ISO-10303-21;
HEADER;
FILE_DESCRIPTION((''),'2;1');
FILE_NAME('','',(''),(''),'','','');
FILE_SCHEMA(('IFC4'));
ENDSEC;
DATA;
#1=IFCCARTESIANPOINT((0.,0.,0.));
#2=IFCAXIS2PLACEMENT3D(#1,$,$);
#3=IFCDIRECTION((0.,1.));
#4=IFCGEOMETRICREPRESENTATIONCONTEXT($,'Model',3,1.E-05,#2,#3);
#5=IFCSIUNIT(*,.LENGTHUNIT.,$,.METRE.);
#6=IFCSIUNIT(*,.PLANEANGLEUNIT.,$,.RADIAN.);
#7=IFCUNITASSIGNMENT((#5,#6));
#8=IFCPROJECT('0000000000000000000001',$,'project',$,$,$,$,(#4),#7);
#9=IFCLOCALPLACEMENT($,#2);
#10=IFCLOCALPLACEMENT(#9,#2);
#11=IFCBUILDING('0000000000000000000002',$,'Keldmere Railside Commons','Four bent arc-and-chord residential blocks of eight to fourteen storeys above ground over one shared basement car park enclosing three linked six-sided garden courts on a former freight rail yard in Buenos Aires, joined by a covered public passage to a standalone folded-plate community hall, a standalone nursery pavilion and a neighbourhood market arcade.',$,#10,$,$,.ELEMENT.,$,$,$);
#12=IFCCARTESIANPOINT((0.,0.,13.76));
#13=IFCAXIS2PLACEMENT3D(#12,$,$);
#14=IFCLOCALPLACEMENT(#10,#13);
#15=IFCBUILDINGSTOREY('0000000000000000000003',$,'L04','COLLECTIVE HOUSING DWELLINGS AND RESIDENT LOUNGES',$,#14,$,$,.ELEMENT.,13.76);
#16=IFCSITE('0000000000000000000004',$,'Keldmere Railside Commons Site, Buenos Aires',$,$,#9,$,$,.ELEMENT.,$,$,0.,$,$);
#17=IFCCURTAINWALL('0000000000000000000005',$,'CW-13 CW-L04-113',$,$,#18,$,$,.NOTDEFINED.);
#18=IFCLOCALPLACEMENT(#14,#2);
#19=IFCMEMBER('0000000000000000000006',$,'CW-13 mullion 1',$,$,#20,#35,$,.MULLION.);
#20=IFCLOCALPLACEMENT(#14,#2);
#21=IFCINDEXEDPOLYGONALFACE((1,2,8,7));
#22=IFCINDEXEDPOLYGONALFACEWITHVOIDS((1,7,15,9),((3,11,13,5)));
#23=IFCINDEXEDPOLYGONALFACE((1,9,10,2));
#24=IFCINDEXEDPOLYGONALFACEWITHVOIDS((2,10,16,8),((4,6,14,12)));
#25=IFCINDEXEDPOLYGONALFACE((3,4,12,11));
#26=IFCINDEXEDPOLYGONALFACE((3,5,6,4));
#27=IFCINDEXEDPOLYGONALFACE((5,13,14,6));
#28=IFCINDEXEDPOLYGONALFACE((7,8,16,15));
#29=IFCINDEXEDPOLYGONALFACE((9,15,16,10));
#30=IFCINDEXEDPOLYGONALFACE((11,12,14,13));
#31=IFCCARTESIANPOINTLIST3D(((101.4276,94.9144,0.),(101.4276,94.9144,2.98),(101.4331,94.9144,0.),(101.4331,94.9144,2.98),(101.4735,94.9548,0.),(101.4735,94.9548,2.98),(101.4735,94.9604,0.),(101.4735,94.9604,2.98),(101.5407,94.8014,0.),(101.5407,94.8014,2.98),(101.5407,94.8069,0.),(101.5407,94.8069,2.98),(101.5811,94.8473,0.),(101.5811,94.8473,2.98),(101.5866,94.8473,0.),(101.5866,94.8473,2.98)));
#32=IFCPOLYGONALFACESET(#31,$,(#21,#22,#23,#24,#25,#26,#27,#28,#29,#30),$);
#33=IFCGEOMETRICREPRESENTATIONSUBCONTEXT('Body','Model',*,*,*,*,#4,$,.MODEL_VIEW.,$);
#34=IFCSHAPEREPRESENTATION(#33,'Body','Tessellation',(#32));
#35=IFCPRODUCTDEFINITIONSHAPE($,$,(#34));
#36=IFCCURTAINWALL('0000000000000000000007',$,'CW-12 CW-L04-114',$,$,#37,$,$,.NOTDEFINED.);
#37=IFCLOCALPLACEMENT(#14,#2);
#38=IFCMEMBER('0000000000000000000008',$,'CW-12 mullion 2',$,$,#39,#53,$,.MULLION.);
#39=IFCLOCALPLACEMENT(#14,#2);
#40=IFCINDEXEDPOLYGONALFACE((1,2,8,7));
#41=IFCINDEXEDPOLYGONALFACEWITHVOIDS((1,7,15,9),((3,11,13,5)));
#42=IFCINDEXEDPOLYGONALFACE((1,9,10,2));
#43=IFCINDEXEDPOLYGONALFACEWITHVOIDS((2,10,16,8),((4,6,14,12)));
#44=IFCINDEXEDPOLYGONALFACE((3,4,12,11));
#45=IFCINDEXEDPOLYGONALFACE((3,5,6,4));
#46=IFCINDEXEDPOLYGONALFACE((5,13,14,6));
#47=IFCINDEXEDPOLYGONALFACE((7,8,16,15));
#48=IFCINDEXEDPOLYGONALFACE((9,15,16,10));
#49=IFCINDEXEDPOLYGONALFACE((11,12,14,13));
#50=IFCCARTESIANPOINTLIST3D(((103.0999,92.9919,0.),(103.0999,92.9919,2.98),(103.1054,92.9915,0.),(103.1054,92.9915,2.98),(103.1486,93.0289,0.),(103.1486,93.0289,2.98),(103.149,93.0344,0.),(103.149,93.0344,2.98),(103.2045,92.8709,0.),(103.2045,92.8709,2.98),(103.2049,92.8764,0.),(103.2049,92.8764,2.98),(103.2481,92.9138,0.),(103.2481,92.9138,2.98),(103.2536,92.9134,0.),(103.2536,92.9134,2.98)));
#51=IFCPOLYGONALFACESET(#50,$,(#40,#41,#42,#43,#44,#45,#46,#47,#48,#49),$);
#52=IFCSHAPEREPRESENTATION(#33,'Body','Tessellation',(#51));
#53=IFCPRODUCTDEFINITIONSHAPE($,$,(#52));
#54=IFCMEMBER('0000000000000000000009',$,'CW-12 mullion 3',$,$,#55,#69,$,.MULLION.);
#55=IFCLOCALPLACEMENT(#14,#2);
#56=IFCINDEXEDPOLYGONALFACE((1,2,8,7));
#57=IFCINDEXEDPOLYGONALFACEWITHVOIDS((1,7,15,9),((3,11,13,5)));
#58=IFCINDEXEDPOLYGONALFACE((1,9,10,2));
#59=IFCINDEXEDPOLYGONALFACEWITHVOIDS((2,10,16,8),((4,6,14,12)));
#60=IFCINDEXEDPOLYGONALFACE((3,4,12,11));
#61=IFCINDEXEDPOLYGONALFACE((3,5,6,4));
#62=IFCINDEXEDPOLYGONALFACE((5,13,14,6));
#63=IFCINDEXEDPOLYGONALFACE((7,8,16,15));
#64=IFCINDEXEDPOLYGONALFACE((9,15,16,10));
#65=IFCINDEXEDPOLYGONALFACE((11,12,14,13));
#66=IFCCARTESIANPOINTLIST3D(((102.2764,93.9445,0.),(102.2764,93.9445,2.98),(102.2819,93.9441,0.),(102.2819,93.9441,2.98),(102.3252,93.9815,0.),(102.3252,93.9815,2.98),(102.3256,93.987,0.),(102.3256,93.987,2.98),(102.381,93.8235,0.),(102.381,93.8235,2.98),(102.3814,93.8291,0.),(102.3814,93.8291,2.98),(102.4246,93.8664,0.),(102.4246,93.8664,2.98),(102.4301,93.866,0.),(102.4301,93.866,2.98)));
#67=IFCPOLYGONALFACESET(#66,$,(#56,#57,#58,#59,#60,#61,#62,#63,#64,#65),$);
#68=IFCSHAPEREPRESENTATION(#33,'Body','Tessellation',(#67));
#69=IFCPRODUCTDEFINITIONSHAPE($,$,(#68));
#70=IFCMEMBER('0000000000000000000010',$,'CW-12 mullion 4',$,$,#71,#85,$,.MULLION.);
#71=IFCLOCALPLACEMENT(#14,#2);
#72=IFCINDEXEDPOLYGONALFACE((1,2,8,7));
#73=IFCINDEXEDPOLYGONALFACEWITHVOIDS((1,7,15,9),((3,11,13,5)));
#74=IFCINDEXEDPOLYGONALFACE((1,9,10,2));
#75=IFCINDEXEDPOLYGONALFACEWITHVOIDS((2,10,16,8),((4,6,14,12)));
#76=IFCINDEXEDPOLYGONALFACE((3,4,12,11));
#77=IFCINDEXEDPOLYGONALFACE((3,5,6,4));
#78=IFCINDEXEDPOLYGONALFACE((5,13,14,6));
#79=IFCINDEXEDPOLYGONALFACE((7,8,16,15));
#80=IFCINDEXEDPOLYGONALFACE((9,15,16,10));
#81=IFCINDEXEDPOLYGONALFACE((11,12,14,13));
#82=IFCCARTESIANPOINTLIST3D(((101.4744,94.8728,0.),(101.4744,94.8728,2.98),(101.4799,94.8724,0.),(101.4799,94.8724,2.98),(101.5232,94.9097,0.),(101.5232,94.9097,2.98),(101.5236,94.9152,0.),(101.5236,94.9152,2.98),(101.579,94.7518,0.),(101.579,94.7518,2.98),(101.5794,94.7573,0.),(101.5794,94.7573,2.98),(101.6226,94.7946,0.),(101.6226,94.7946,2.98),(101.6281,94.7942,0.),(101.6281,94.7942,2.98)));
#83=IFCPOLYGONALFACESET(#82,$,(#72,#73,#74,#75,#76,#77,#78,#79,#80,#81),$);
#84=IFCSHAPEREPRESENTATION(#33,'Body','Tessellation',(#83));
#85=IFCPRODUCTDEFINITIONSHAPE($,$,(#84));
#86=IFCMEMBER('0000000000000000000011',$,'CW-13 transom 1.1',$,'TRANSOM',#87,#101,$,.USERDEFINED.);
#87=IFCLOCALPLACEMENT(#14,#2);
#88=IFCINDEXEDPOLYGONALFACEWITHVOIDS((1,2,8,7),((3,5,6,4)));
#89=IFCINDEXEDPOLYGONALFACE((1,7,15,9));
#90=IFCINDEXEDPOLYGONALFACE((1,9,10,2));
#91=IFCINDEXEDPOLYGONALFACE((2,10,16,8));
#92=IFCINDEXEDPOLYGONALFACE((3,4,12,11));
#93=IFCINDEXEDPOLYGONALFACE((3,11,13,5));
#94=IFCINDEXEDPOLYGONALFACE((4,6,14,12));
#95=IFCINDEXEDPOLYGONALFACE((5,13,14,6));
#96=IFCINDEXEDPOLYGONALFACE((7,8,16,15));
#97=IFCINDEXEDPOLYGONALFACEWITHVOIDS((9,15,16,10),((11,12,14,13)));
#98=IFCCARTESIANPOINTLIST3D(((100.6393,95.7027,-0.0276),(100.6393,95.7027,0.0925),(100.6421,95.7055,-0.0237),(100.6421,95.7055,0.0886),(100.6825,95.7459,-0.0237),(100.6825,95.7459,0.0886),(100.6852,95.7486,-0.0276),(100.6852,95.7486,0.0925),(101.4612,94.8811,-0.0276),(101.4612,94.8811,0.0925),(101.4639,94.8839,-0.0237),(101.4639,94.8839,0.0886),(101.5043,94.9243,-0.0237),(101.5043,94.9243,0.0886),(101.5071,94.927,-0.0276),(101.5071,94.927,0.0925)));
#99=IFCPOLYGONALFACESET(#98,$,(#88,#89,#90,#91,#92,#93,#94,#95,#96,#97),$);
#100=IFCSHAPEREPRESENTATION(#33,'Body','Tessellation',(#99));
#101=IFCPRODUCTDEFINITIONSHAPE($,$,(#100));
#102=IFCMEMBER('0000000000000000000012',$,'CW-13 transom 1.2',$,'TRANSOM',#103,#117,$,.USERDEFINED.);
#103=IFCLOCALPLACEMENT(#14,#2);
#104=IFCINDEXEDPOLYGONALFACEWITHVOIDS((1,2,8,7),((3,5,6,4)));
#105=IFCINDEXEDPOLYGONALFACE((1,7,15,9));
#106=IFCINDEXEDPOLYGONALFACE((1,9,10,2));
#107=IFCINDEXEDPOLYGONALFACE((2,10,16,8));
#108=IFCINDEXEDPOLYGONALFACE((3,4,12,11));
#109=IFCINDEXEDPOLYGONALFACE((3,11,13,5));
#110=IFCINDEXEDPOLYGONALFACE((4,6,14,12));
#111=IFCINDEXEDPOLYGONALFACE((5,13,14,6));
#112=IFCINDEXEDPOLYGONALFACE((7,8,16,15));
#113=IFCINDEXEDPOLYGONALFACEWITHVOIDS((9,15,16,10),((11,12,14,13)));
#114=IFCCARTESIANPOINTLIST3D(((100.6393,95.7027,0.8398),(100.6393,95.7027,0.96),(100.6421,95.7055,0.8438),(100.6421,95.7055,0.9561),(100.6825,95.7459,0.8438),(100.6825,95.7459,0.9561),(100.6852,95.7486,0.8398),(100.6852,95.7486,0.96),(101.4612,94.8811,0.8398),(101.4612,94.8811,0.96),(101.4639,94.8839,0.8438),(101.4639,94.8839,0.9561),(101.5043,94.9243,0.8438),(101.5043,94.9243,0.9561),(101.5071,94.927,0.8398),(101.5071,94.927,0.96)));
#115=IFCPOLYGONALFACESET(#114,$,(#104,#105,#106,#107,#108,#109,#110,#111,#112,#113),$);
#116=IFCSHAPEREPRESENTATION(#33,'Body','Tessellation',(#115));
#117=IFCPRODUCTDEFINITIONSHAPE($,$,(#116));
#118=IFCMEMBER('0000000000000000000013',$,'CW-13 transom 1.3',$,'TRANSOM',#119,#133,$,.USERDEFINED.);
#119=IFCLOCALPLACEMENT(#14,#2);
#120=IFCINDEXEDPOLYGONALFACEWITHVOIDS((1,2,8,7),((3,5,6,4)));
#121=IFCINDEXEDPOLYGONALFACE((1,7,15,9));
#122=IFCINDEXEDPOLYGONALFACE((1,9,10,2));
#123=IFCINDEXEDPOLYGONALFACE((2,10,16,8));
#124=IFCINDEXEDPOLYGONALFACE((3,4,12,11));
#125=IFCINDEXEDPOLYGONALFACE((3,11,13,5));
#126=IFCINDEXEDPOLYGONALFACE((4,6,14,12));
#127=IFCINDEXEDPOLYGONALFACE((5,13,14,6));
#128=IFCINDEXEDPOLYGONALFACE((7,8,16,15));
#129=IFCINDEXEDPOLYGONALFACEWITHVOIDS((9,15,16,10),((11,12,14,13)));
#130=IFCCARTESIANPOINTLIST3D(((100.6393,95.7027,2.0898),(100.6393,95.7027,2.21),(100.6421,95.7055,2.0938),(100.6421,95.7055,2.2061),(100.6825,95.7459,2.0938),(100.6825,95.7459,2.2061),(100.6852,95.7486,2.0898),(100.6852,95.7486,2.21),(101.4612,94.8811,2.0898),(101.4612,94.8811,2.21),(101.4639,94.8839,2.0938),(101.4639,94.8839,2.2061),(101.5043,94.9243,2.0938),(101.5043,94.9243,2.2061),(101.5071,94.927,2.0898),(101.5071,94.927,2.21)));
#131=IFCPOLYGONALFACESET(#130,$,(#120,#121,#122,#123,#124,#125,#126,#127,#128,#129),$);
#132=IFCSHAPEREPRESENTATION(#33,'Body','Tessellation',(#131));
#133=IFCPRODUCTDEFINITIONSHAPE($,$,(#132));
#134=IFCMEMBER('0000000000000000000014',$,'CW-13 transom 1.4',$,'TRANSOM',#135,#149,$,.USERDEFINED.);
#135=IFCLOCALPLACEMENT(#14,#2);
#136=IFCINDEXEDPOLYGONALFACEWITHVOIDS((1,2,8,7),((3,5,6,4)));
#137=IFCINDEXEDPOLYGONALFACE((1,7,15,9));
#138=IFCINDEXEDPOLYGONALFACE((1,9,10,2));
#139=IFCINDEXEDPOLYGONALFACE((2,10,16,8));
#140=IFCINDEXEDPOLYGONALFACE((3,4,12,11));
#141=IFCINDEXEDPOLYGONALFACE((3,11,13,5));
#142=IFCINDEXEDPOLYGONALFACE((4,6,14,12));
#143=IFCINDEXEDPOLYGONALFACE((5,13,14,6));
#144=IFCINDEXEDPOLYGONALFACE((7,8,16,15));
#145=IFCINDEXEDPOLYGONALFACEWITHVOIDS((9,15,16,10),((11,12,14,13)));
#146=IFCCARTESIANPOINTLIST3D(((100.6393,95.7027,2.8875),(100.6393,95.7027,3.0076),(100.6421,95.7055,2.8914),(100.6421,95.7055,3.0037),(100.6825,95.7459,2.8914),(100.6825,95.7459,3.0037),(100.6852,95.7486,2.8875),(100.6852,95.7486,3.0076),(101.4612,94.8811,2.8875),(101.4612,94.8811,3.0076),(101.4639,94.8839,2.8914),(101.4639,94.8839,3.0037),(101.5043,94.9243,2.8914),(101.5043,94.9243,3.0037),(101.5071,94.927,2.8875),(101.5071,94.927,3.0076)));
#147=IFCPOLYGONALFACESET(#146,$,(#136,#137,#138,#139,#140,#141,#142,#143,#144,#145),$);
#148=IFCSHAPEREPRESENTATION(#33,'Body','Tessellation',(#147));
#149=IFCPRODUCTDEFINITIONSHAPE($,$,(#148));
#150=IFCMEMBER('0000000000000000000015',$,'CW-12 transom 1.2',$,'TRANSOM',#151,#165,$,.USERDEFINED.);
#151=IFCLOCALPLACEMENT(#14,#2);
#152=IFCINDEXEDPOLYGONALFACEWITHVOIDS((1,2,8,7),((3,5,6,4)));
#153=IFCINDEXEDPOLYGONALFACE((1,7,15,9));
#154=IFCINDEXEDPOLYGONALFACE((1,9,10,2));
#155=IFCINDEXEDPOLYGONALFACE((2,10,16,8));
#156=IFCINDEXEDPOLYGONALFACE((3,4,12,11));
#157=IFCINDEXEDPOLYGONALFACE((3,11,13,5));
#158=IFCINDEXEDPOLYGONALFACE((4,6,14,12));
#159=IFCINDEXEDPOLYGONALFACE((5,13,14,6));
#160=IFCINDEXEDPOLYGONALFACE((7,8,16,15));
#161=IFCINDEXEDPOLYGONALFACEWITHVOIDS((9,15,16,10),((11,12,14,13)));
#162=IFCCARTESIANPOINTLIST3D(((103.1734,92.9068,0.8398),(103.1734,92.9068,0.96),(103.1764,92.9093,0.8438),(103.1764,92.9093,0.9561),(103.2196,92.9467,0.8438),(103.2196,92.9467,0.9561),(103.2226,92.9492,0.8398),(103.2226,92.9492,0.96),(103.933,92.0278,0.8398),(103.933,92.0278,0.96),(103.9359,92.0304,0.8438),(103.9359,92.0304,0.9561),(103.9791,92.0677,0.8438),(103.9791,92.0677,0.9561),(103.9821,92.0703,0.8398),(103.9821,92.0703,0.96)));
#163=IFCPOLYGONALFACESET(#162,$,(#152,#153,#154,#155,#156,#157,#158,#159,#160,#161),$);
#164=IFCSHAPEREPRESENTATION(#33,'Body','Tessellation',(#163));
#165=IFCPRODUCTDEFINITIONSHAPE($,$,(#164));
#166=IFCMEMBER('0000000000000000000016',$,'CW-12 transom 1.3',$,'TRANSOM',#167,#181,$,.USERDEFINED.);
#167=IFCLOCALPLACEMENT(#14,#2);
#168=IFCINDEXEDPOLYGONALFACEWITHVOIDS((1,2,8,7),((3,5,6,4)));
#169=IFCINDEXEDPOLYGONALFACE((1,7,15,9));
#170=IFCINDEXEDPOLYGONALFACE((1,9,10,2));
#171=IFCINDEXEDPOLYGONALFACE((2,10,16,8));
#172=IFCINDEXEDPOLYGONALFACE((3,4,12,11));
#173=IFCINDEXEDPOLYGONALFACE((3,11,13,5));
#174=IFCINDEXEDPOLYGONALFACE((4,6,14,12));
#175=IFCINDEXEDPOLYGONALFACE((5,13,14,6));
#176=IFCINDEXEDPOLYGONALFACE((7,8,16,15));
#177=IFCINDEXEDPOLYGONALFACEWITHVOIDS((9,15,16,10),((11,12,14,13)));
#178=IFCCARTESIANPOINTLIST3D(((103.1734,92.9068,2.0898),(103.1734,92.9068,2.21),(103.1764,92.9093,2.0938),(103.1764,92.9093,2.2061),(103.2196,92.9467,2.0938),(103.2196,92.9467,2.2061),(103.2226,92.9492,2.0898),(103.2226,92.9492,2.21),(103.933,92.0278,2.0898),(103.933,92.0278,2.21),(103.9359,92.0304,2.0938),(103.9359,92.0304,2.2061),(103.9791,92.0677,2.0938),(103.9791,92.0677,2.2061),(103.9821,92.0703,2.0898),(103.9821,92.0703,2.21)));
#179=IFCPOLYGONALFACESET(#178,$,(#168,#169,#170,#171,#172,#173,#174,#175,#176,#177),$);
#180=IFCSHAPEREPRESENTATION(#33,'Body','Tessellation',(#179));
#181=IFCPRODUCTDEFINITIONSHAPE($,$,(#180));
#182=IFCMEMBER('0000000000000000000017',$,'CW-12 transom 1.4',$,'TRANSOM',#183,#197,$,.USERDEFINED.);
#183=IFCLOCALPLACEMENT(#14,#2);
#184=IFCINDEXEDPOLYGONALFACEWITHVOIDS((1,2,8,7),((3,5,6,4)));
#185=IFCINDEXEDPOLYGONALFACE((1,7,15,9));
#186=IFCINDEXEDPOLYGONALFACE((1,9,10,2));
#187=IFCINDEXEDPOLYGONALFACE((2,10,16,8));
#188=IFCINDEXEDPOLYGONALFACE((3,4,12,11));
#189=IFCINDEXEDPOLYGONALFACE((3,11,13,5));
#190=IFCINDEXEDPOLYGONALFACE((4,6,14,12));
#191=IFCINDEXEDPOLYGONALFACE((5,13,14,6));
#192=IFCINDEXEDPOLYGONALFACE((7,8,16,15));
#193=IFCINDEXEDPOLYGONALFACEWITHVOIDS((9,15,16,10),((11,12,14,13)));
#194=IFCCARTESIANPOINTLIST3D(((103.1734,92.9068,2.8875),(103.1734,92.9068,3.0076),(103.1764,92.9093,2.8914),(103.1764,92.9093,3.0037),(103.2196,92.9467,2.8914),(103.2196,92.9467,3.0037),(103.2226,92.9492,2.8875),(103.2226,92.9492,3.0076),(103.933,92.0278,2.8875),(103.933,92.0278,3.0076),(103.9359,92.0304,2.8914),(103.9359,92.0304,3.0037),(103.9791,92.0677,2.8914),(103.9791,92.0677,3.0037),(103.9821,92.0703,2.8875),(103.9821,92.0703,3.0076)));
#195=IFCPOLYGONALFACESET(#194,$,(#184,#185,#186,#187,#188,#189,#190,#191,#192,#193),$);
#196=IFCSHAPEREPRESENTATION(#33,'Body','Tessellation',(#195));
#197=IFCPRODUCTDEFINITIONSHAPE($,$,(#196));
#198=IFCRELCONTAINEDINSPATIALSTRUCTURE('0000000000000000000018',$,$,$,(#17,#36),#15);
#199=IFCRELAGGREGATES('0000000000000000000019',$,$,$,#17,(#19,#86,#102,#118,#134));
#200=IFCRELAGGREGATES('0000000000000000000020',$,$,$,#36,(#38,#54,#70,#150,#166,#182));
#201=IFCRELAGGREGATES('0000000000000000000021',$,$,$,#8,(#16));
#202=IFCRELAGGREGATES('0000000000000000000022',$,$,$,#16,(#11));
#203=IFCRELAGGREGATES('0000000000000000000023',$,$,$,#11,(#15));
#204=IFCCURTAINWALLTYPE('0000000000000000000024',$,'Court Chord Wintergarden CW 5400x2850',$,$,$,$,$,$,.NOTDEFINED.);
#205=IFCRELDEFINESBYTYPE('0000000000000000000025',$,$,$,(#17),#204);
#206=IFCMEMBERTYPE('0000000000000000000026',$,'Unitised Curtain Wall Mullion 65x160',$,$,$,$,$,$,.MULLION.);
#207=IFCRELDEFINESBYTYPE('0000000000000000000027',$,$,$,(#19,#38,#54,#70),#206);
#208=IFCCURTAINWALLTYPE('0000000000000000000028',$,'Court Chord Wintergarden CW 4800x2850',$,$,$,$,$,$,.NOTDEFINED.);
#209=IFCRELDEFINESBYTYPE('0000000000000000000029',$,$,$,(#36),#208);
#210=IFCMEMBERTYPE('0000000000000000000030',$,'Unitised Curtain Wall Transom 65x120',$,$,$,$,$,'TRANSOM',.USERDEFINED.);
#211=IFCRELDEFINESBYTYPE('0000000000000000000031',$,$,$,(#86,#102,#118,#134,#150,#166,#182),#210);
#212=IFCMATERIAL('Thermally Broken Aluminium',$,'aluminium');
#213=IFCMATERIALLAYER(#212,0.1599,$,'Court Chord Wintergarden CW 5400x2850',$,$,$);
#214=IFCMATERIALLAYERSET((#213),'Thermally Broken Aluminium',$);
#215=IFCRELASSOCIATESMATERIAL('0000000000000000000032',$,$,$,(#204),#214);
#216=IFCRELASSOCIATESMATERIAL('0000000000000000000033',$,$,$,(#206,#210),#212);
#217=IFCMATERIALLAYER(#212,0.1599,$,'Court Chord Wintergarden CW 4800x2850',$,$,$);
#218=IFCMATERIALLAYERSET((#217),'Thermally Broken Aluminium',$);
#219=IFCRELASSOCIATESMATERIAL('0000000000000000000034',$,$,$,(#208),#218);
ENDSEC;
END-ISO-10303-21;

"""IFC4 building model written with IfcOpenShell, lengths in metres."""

from ifc_helpers import new_model, si_unit, direction, frame, origin, origin_2d, place, context, subcontext, project, spatial, hollow_rectangle, extrude, material, layer, layer_set, material_profile, profile_set, type_object, element, aggregate, save


model = new_model("IFC4")

# Units and contexts
model_context = context("Model", 3, precision=1e-05, world=origin(), true_north=direction((0.0, 1.0)))
body_context = subcontext(model_context, "Body", "Model", "MODEL_VIEW")
ifc_project = project(units=[si_unit("LENGTHUNIT", "METRE"), si_unit("PLANEANGLEUNIT", "RADIAN")], contexts=[model_context])

# Site, building, storey
site_placement = place(None, origin())
site = spatial("IfcSite", under=ifc_project, at=site_placement, Name="Keldmere Railside Commons Site, Buenos Aires", CompositionType="ELEMENT", RefElevation=0.0)
building_placement = place(site_placement, origin())
building = spatial("IfcBuilding", under=site, at=building_placement, Name="Keldmere Railside Commons", Description="Four bent arc-and-chord residential blocks of eight to fourteen storeys above ground over one shared basement car park enclosing three linked six-sided garden courts on a former freight rail yard in Buenos Aires, joined by a covered public passage to a standalone folded-plate community hall, a standalone nursery pavilion and a neighbourhood market arcade.", CompositionType="ELEMENT")
storey_placement = place(building_placement, frame((0.0, 0.0, 13.76)))
storey = spatial("IfcBuildingStorey", under=building, at=storey_placement, Name="L04", Description="COLLECTIVE HOUSING DWELLINGS AND RESIDENT LOUNGES", CompositionType="ELEMENT", Elevation=13.76)

# Curtain wall, member
ifc_material_1 = material(Name="Thermally Broken Aluminium", Category="aluminium")
ifc_layer_1 = layer(ifc_material_1, 0.1599, Name="Court Chord Wintergarden CW 5400x2850")
ifc_layer_set_1 = layer_set([ifc_layer_1], Name="Thermally Broken Aluminium")
curtain_wall_type_1 = type_object("IfcCurtainWallType", Name="Court Chord Wintergarden CW 5400x2850", PredefinedType="NOTDEFINED", material=ifc_layer_set_1)
curtain_wall_1_placement = place(storey_placement, origin())
curtain_wall_1 = element("IfcCurtainWall", 1, at=curtain_wall_1_placement, inside=storey, type_object=curtain_wall_type_1, Name="CW-13 CW-L04-113", PredefinedType="NOTDEFINED")
ifc_material_profile_1 = material_profile(ifc_material_1, hollow_rectangle(XDim=0.0649, YDim=0.1599, WallThickness=0.0039, at=origin_2d()), Name="ALU-MULL-65x160")
ifc_profile_set_1 = profile_set([ifc_material_profile_1], Name="Thermally Broken Aluminium")
member_type_1 = type_object("IfcMemberType", Name="Unitised Curtain Wall Mullion 65x160", PredefinedType="MULLION", material=ifc_profile_set_1)
member_1_placement = place(storey_placement, frame((101.5071, 94.8809, 0.0), z_axis=(0.0, 0.0, 1.0), x_axis=(-0.707107, -0.707107, 0.0)))
member_1 = element("IfcMember", 2, at=member_1_placement, type_object=member_type_1, Name="CW-13 mullion 1", PredefinedType="MULLION", context=body_context, shape_type="SweptSolid", body=[
    extrude(hollow_rectangle(XDim=0.0649, YDim=0.1599, WallThickness=0.0039, at=origin_2d()), origin(), (0.0, 0.0, 1.0), 2.98),
])

# Curtain wall, members
ifc_layer_2 = layer(ifc_material_1, 0.1599, Name="Court Chord Wintergarden CW 4800x2850")
ifc_layer_set_2 = layer_set([ifc_layer_2], Name="Thermally Broken Aluminium")
curtain_wall_type_2 = type_object("IfcCurtainWallType", Name="Court Chord Wintergarden CW 4800x2850", PredefinedType="NOTDEFINED", material=ifc_layer_set_2)
curtain_wall_2_placement = place(storey_placement, origin())
curtain_wall_2 = element("IfcCurtainWall", 3, at=curtain_wall_2_placement, inside=storey, type_object=curtain_wall_type_2, Name="CW-12 CW-L04-114", PredefinedType="NOTDEFINED")
member_2_placement = place(storey_placement, frame((103.1768, 92.9526, 0.0), z_axis=(0.0, 0.0, 1.0), x_axis=(-0.756597, -0.653882, 0.0)))
member_2 = element("IfcMember", 4, at=member_2_placement, type_object=member_type_1, Name="CW-12 mullion 2", PredefinedType="MULLION", context=body_context, shape_type="SweptSolid", body=[
    extrude(hollow_rectangle(XDim=0.0649, YDim=0.1599, WallThickness=0.0039, at=origin_2d()), origin(), (0.0, 0.0, 1.0), 2.98),
])
member_3_placement = place(storey_placement, frame((102.3533, 93.9053, 0.0), z_axis=(0.0, 0.0, 1.0), x_axis=(-0.756597, -0.653882, 0.0)))
member_3 = element("IfcMember", 5, at=member_3_placement, type_object=member_type_1, Name="CW-12 mullion 3", PredefinedType="MULLION", context=body_context, shape_type="SweptSolid", body=[
    extrude(hollow_rectangle(XDim=0.0649, YDim=0.1599, WallThickness=0.0039, at=origin_2d()), origin(), (0.0, 0.0, 1.0), 2.98),
])
member_4_placement = place(storey_placement, frame((101.5513, 94.8335, 0.0), z_axis=(0.0, 0.0, 1.0), x_axis=(-0.756597, -0.653882, 0.0)))
member_4 = element("IfcMember", 6, at=member_4_placement, type_object=member_type_1, Name="CW-12 mullion 4", PredefinedType="MULLION", context=body_context, shape_type="SweptSolid", body=[
    extrude(hollow_rectangle(XDim=0.0649, YDim=0.1599, WallThickness=0.0039, at=origin_2d()), origin(), (0.0, 0.0, 1.0), 2.98),
])

# Members
ifc_material_profile_2 = material_profile(ifc_material_1, hollow_rectangle(XDim=0.0649, YDim=0.1201, WallThickness=0.0039, at=origin_2d()), Name="ALU-TRAN-65x120")
ifc_profile_set_2 = profile_set([ifc_material_profile_2], Name="Thermally Broken Aluminium")
member_type_2 = type_object("IfcMemberType", Name="Unitised Curtain Wall Transom 65x120", ElementType="TRANSOM", PredefinedType="USERDEFINED", material=ifc_profile_set_2)
member_5_placement = place(storey_placement, frame((101.4841, 94.9041, 0.0325), z_axis=(-0.707212, 0.707002, 0.0), x_axis=(-0.707002, -0.707212, 0.0)))
member_5 = element("IfcMember", 7, at=member_5_placement, type_object=member_type_2, Name="CW-13 transom 1.1", ObjectType="TRANSOM", PredefinedType="USERDEFINED", context=body_context, shape_type="SweptSolid", body=[
    extrude(hollow_rectangle(XDim=0.0649, YDim=0.1201, WallThickness=0.0039, at=origin_2d()), origin(), (0.0, 0.0, 1.0), 1.1621),
])
member_6_placement = place(storey_placement, frame((101.4841, 94.9041, 0.8999), z_axis=(-0.707212, 0.707002, 0.0), x_axis=(-0.707002, -0.707212, 0.0)))
member_6 = element("IfcMember", 8, at=member_6_placement, type_object=member_type_2, Name="CW-13 transom 1.2", ObjectType="TRANSOM", PredefinedType="USERDEFINED", context=body_context, shape_type="SweptSolid", body=[
    extrude(hollow_rectangle(XDim=0.0649, YDim=0.1201, WallThickness=0.0039, at=origin_2d()), origin(), (0.0, 0.0, 1.0), 1.1621),
])
member_7_placement = place(storey_placement, frame((101.4841, 94.9041, 2.1499), z_axis=(-0.707212, 0.707002, 0.0), x_axis=(-0.707002, -0.707212, 0.0)))
member_7 = element("IfcMember", 9, at=member_7_placement, type_object=member_type_2, Name="CW-13 transom 1.3", ObjectType="TRANSOM", PredefinedType="USERDEFINED", context=body_context, shape_type="SweptSolid", body=[
    extrude(hollow_rectangle(XDim=0.0649, YDim=0.1201, WallThickness=0.0039, at=origin_2d()), origin(), (0.0, 0.0, 1.0), 1.1621),
])
member_8_placement = place(storey_placement, frame((101.4841, 94.9041, 2.9475), z_axis=(-0.707212, 0.707002, 0.0), x_axis=(-0.707002, -0.707212, 0.0)))
member_8 = element("IfcMember", 10, at=member_8_placement, type_object=member_type_2, Name="CW-13 transom 1.4", ObjectType="TRANSOM", PredefinedType="USERDEFINED", context=body_context, shape_type="SweptSolid", body=[
    extrude(hollow_rectangle(XDim=0.0649, YDim=0.1201, WallThickness=0.0039, at=origin_2d()), origin(), (0.0, 0.0, 1.0), 1.1621),
])
aggregate(curtain_wall_1, [member_1, member_5, member_6, member_7, member_8])
member_9_placement = place(storey_placement, frame((103.9575, 92.0491, 0.8999), z_axis=(-0.65385, 0.756624, 0.0), x_axis=(-0.756624, -0.65385, 0.0)))
member_9 = element("IfcMember", 11, at=member_9_placement, type_object=member_type_2, Name="CW-12 transom 1.2", ObjectType="TRANSOM", PredefinedType="USERDEFINED", context=body_context, shape_type="SweptSolid", body=[
    extrude(hollow_rectangle(XDim=0.0649, YDim=0.1201, WallThickness=0.0039, at=origin_2d()), origin(), (0.0, 0.0, 1.0), 1.1616),
])
member_10_placement = place(storey_placement, frame((103.9575, 92.0491, 2.1499), z_axis=(-0.65385, 0.756624, 0.0), x_axis=(-0.756624, -0.65385, 0.0)))
member_10 = element("IfcMember", 12, at=member_10_placement, type_object=member_type_2, Name="CW-12 transom 1.3", ObjectType="TRANSOM", PredefinedType="USERDEFINED", context=body_context, shape_type="SweptSolid", body=[
    extrude(hollow_rectangle(XDim=0.0649, YDim=0.1201, WallThickness=0.0039, at=origin_2d()), origin(), (0.0, 0.0, 1.0), 1.1616),
])
member_11_placement = place(storey_placement, frame((103.9575, 92.0491, 2.9475), z_axis=(-0.65385, 0.756624, 0.0), x_axis=(-0.756624, -0.65385, 0.0)))
member_11 = element("IfcMember", 13, at=member_11_placement, type_object=member_type_2, Name="CW-12 transom 1.4", ObjectType="TRANSOM", PredefinedType="USERDEFINED", context=body_context, shape_type="SweptSolid", body=[
    extrude(hollow_rectangle(XDim=0.0649, YDim=0.1201, WallThickness=0.0039, at=origin_2d()), origin(), (0.0, 0.0, 1.0), 1.1616),
])

aggregate(curtain_wall_2, [member_2, member_3, member_4, member_9, member_10, member_11])

save(model, "model.ifc")
